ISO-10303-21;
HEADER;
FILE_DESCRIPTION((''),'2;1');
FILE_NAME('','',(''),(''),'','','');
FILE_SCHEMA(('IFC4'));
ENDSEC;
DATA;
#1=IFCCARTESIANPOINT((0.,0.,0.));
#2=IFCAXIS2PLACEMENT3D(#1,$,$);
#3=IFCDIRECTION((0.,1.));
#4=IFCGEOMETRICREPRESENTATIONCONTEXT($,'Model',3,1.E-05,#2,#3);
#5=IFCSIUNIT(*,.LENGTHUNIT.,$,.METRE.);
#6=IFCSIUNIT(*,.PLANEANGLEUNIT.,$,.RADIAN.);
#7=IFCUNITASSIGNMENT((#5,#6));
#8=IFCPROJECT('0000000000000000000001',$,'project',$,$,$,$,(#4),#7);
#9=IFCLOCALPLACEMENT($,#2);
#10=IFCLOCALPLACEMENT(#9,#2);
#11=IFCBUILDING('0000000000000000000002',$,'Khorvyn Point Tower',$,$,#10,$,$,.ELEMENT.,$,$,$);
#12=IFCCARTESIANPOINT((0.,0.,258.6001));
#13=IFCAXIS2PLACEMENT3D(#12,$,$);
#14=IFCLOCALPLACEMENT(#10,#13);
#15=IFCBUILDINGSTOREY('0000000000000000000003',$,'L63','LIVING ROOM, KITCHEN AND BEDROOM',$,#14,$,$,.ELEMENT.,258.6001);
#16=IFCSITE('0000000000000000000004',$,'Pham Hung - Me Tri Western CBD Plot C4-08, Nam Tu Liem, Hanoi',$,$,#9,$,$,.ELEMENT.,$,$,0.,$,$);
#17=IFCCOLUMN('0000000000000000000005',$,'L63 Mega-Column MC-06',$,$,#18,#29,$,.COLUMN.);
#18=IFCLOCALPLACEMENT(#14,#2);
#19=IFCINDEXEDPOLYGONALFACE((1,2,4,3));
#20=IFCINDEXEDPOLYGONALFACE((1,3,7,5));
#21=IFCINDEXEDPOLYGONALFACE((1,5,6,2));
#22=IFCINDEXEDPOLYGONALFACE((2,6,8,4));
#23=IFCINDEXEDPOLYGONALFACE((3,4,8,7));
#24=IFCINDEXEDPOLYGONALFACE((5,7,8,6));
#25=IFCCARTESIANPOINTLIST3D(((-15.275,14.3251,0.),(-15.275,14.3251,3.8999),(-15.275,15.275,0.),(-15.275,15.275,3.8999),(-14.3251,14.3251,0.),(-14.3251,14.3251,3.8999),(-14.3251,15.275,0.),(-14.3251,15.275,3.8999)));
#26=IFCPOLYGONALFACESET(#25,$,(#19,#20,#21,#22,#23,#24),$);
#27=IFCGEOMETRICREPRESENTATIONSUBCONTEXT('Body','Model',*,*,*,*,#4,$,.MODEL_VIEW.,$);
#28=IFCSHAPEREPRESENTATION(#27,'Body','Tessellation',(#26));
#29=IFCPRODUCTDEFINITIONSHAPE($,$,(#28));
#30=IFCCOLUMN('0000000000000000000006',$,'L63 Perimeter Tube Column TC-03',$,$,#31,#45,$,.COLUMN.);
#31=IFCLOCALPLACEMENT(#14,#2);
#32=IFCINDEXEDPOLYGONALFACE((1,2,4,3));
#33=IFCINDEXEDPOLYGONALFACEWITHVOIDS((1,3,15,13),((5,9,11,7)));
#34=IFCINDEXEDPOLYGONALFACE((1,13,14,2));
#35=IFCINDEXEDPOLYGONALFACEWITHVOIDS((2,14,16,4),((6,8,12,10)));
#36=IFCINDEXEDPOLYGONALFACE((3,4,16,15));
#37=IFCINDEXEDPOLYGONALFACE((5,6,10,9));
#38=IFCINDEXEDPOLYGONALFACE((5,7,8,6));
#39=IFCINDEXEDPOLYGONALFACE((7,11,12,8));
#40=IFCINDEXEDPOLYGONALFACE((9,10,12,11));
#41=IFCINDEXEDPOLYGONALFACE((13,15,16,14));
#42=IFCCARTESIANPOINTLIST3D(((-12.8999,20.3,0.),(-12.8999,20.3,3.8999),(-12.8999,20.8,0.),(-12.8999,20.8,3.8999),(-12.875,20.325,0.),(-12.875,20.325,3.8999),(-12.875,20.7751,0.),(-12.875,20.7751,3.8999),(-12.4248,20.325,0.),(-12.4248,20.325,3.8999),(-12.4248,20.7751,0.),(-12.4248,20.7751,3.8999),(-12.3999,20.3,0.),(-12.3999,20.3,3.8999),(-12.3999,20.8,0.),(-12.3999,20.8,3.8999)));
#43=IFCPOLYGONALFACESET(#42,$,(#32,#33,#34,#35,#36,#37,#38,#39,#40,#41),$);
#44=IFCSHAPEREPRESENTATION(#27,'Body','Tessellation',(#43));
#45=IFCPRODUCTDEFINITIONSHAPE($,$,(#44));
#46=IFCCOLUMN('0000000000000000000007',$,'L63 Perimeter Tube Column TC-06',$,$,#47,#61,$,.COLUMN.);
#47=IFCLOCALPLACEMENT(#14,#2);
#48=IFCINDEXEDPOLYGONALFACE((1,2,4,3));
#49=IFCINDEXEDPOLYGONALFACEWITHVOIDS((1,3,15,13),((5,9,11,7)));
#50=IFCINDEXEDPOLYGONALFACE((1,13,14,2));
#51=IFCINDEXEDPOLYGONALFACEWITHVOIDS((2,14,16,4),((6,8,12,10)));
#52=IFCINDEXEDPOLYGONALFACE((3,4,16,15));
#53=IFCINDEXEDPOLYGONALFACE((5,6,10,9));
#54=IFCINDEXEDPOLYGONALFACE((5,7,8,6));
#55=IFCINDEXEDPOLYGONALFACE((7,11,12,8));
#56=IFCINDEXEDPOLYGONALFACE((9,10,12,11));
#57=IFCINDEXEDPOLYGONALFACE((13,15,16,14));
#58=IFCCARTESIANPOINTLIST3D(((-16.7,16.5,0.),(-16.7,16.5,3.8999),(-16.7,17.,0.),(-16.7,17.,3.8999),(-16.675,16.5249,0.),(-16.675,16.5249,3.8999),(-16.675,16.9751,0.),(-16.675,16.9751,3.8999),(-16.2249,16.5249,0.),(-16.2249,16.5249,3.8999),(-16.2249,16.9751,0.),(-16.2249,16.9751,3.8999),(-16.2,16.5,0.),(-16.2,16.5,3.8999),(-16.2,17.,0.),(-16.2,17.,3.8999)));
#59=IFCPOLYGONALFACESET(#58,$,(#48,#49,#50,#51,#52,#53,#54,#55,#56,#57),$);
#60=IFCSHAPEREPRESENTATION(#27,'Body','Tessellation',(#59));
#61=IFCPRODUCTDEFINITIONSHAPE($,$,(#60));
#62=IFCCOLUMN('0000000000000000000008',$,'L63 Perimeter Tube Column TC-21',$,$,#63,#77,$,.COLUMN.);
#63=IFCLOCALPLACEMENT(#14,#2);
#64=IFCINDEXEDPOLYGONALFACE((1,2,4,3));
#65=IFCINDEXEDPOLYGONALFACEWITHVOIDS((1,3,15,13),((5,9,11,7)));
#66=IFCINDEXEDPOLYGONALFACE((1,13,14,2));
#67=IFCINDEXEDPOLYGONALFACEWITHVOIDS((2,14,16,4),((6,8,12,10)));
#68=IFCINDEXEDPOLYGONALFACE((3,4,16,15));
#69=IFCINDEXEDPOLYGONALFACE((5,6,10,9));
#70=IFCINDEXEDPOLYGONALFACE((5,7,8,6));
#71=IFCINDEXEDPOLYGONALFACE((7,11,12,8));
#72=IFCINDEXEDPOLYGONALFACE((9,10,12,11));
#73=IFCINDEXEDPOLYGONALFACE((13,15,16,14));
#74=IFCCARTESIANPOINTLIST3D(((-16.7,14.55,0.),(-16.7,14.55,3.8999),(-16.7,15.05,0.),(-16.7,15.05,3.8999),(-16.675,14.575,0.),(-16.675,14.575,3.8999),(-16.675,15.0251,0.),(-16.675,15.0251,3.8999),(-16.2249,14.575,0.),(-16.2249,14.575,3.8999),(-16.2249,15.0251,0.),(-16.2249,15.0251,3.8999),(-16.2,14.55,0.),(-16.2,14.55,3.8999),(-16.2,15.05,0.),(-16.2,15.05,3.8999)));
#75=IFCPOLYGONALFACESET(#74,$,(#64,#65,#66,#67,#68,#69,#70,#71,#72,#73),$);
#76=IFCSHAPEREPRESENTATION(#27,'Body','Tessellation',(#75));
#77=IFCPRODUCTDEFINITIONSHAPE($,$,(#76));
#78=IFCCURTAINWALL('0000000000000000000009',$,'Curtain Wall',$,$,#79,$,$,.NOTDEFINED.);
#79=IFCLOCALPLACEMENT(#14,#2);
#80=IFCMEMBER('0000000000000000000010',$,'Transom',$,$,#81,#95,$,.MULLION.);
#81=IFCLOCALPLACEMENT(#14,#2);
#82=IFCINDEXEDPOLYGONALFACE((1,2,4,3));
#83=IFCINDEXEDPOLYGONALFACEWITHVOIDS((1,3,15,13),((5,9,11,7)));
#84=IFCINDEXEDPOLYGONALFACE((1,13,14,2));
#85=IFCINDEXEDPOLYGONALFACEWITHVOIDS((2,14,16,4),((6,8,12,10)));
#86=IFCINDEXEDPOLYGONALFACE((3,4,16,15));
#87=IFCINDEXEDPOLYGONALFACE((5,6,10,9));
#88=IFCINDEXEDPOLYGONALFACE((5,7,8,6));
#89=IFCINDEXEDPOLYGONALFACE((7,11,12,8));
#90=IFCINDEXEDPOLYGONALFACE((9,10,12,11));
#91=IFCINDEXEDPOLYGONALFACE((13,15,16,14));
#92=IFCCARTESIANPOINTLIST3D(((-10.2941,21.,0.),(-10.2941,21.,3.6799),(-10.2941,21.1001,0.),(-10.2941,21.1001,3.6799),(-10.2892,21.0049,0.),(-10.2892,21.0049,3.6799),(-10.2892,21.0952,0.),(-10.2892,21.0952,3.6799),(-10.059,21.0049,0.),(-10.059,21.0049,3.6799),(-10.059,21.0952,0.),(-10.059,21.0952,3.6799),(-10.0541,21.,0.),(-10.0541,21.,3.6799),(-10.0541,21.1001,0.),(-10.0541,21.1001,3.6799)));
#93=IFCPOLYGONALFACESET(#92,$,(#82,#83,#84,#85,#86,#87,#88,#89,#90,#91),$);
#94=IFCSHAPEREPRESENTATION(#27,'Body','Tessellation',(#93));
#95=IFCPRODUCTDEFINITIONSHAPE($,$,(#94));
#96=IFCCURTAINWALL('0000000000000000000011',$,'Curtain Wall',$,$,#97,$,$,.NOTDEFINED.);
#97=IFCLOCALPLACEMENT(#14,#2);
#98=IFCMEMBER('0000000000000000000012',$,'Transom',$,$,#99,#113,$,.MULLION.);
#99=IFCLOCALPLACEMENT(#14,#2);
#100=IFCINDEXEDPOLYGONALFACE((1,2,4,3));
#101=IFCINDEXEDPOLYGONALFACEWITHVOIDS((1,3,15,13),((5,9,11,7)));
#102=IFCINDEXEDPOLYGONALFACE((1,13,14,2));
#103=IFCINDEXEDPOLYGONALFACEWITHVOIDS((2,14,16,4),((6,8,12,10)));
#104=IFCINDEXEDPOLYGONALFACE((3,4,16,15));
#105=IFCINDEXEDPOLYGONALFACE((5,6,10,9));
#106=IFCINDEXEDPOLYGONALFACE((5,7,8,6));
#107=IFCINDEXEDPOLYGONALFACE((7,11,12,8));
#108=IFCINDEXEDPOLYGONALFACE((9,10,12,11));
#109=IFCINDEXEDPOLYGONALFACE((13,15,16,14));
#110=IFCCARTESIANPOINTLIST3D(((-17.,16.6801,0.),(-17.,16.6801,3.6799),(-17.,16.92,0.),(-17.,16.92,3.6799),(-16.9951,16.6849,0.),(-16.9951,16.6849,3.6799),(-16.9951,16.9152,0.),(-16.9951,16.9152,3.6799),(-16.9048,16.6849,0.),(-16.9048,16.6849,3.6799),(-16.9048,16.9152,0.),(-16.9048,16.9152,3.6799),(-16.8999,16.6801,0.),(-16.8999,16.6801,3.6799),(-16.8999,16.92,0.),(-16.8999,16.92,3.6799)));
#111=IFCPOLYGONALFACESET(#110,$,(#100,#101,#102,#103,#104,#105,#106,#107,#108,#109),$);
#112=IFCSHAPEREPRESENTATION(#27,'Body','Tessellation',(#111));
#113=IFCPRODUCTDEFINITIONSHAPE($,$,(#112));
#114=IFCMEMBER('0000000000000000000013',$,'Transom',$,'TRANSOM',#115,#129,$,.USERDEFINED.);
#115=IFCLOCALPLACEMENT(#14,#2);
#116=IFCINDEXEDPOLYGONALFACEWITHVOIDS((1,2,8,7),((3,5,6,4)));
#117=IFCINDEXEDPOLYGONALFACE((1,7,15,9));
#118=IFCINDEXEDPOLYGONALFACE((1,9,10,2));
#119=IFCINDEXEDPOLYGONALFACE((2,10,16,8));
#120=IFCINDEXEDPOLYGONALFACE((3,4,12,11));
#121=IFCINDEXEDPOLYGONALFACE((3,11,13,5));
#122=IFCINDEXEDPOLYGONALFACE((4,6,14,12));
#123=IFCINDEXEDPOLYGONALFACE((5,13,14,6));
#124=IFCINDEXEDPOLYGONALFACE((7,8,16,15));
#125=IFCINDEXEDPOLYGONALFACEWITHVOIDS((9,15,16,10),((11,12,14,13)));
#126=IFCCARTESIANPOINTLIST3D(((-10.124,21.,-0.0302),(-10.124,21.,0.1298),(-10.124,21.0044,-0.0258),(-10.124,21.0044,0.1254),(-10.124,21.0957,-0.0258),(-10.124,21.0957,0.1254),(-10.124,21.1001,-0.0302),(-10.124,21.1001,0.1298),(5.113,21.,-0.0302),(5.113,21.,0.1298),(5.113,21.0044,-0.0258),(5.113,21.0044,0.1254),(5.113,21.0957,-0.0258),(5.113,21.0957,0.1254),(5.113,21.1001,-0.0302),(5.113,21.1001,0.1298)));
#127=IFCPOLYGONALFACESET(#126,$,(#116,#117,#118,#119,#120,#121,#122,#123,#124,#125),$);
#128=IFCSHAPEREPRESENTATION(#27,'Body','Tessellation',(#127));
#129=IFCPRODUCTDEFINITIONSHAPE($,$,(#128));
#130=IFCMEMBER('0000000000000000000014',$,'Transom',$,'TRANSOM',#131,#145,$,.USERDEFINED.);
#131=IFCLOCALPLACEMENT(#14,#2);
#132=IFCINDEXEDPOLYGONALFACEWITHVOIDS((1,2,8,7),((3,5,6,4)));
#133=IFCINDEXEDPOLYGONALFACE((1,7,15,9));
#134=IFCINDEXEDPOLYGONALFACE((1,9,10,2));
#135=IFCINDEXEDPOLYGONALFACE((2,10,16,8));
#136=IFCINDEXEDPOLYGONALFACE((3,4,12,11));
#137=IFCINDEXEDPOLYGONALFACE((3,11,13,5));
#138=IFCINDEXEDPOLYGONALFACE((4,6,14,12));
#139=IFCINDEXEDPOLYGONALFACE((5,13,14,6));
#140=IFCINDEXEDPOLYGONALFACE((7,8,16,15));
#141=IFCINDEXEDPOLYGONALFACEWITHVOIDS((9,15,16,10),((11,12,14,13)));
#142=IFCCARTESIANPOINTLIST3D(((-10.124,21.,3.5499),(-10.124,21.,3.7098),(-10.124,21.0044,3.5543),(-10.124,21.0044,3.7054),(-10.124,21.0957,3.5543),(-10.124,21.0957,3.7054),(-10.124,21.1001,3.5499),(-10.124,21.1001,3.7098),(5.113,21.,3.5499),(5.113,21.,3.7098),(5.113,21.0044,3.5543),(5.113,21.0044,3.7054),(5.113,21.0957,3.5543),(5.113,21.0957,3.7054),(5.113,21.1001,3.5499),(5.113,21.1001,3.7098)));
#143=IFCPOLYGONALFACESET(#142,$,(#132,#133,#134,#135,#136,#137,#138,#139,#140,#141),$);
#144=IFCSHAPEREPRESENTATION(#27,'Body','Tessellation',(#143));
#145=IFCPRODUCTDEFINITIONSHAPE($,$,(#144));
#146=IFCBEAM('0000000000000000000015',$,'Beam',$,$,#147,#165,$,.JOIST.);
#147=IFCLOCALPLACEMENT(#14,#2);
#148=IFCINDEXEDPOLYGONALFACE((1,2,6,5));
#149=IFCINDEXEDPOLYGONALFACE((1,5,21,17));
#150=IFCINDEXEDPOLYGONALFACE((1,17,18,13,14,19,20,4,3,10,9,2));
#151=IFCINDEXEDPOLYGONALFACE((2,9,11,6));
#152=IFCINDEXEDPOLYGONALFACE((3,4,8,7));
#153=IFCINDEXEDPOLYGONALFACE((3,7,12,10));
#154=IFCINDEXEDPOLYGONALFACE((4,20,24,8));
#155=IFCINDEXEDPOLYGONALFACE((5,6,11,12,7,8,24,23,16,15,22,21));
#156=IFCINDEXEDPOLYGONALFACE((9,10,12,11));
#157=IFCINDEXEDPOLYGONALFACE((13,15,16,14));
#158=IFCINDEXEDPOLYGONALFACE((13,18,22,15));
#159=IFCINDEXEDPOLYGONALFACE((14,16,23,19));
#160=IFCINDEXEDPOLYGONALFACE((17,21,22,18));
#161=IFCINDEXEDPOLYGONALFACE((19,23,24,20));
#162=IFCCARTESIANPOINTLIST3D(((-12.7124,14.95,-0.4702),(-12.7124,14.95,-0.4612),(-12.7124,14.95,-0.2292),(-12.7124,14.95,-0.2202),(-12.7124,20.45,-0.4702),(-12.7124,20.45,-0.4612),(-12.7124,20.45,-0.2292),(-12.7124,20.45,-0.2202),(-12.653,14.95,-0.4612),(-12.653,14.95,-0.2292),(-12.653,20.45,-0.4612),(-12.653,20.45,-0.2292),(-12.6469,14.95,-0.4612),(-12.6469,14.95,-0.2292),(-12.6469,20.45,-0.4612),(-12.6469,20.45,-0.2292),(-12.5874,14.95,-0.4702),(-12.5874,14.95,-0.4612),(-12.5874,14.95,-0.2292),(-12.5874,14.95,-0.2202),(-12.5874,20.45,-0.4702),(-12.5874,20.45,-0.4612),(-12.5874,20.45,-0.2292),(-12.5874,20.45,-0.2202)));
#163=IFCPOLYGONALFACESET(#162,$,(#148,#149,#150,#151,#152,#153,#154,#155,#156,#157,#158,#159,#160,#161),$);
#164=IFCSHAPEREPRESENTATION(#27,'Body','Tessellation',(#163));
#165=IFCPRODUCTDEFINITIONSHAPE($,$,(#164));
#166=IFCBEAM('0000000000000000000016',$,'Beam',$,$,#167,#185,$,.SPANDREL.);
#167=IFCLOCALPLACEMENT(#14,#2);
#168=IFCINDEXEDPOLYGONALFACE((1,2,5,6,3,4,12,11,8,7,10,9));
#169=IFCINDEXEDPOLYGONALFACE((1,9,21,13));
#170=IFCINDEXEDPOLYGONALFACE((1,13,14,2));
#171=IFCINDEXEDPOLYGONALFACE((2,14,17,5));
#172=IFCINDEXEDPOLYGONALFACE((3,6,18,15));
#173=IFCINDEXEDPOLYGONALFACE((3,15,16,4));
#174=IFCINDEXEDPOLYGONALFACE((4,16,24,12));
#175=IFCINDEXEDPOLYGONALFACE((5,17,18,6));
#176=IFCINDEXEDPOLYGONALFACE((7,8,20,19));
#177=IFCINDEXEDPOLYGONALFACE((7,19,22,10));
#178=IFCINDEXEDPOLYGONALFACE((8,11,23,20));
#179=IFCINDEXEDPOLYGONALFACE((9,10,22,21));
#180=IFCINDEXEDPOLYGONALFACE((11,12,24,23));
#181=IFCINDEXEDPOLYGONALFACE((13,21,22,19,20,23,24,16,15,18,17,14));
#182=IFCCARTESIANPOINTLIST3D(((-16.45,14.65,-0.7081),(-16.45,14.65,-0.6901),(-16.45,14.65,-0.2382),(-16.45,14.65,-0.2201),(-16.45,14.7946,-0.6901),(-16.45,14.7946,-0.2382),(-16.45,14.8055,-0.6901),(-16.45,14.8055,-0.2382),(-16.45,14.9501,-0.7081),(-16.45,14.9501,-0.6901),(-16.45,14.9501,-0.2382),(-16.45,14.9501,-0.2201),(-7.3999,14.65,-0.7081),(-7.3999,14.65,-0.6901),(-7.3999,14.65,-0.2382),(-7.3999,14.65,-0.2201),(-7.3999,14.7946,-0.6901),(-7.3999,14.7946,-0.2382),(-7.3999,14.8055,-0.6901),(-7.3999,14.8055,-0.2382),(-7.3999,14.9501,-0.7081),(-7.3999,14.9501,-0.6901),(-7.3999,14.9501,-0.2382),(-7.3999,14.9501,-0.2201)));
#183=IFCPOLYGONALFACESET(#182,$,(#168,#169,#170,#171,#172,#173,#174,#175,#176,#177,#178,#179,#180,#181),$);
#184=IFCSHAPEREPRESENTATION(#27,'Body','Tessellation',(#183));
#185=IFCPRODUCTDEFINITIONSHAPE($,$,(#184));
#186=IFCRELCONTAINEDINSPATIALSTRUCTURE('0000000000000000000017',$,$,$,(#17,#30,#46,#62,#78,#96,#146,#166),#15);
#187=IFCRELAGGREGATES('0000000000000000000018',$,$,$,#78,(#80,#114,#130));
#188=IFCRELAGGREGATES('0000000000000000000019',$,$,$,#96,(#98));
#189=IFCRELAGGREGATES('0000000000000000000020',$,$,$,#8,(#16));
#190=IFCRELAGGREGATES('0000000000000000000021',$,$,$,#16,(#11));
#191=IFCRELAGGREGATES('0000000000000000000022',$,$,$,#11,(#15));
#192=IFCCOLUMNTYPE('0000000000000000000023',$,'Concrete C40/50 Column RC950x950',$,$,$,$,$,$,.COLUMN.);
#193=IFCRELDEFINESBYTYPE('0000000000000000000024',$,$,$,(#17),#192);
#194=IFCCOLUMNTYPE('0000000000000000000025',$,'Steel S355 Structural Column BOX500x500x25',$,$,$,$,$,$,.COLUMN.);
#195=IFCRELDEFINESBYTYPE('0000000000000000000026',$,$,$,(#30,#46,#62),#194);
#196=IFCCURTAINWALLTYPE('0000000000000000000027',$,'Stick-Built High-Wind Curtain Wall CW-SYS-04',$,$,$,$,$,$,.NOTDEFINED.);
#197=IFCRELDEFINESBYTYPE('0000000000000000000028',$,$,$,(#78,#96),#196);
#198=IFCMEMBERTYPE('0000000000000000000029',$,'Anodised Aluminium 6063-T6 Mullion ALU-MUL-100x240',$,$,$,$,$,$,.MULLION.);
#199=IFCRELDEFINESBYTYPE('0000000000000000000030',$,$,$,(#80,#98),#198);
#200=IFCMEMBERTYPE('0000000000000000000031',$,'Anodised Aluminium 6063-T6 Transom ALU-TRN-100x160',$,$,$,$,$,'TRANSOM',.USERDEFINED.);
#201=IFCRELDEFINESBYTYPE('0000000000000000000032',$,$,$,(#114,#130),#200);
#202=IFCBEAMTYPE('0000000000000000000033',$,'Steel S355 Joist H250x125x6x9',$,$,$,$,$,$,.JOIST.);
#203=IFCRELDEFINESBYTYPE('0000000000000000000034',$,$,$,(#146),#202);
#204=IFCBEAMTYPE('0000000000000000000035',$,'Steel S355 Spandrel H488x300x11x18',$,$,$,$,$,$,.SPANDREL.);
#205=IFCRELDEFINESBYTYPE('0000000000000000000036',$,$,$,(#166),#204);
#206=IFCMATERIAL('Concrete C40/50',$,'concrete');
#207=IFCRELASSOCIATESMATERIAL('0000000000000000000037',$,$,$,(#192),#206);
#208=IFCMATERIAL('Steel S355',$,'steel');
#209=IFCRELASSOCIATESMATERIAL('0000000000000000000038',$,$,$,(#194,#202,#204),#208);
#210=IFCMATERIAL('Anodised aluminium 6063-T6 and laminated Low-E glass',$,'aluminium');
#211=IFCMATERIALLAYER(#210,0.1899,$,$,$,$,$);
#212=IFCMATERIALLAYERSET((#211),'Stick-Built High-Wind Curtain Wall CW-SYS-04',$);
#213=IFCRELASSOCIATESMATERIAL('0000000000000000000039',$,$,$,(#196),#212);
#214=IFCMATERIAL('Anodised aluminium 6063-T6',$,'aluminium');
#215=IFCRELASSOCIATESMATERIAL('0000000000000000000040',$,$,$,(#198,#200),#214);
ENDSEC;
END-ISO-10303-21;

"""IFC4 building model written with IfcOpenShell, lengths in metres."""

from ifc_helpers import new_model, si_unit, direction, frame, origin, origin_2d, place, context, subcontext, project, spatial, rectangle, hollow_rectangle, i_section, extrude, material, layer, layer_set, material_profile, profile_set, type_object, element, aggregate, save


model = new_model("IFC4")

# Units and contexts
model_context = context("Model", 3, precision=1e-05, world=origin(), true_north=direction((0.0, 1.0)))
body_context = subcontext(model_context, "Body", "Model", "MODEL_VIEW")
ifc_project = project(units=[si_unit("LENGTHUNIT", "METRE"), si_unit("PLANEANGLEUNIT", "RADIAN")], contexts=[model_context])

# Site, building, storey
site_placement = place(None, origin())
site = spatial("IfcSite", under=ifc_project, at=site_placement, Name="Pham Hung - Me Tri Western CBD Plot C4-08, Nam Tu Liem, Hanoi", CompositionType="ELEMENT", RefElevation=0.0)
building_placement = place(site_placement, origin())
building = spatial("IfcBuilding", under=site, at=building_placement, Name="Khorvyn Point Tower", CompositionType="ELEMENT")
storey_placement = place(building_placement, frame((0.0, 0.0, 258.6001)))
storey = spatial("IfcBuildingStorey", under=building, at=storey_placement, Name="L63", Description="LIVING ROOM, KITCHEN AND BEDROOM", CompositionType="ELEMENT", Elevation=258.6001)

# Columns
ifc_material_1 = material(Name="Concrete C40/50", Category="concrete")
ifc_material_profile_1 = material_profile(ifc_material_1, rectangle(XDim=0.95, YDim=0.95, at=origin_2d()))
ifc_profile_set_1 = profile_set([ifc_material_profile_1], Name="Concrete C40/50 RC950x950")
column_type_1 = type_object("IfcColumnType", Name="Concrete C40/50 Column RC950x950", PredefinedType="COLUMN", material=ifc_profile_set_1)
column_placement = place(storey_placement, frame((-14.8, 14.8, 0.0), z_axis=(0.0, 0.0, 1.0), x_axis=(1.0, 0.0, 0.0)))
element("IfcColumn", 1, at=column_placement, inside=storey, type_object=column_type_1, Name="L63 Mega-Column MC-06", PredefinedType="COLUMN", context=body_context, shape_type="SweptSolid", body=[
    extrude(rectangle(XDim=0.95, YDim=0.95, at=origin_2d()), origin(), (0.0, 0.0, 1.0), 3.8999),
])
ifc_material_2 = material(Name="Steel S355", Category="steel")
ifc_material_profile_2 = material_profile(ifc_material_2, hollow_rectangle(XDim=0.5, YDim=0.5, WallThickness=0.0249, at=origin_2d()))
ifc_profile_set_2 = profile_set([ifc_material_profile_2], Name="Steel S355 BOX500x500x25")
column_type_2 = type_object("IfcColumnType", Name="Steel S355 Structural Column BOX500x500x25", PredefinedType="COLUMN", material=ifc_profile_set_2)
for number, where, z_axis, x_axis, name in (
    (2, (-12.6499, 20.55, 0.0), (0.0, 0.0, 1.0), (1.0, 0.0, 0.0), "L63 Perimeter Tube Column TC-03"),
    (3, (-16.45, 16.75, 0.0), (0.0, 0.0, 1.0), (1.0, 0.0, 0.0), "L63 Perimeter Tube Column TC-06"),
    (4, (-16.45, 14.8, 0.0), (0.0, 0.0, 1.0), (1.0, 0.0, 0.0), "L63 Perimeter Tube Column TC-21"),
):
    element("IfcColumn", number, at=place(storey_placement, frame(where, z_axis=z_axis, x_axis=x_axis)), inside=storey, type_object=column_type_2, Name=name, PredefinedType="COLUMN", context=body_context, shape_type="SweptSolid", body=[
        extrude(hollow_rectangle(XDim=0.5, YDim=0.5, WallThickness=0.0249, at=origin_2d()), origin(), (0.0, 0.0, 1.0), 3.8999),
    ])

# Curtain walls, members
ifc_material_3 = material(Name="Anodised aluminium 6063-T6 and laminated Low-E glass", Category="aluminium")
ifc_layer_1 = layer(ifc_material_3, 0.1899)
ifc_layer_set_1 = layer_set([ifc_layer_1], Name="Stick-Built High-Wind Curtain Wall CW-SYS-04")
curtain_wall_type = type_object("IfcCurtainWallType", Name="Stick-Built High-Wind Curtain Wall CW-SYS-04", PredefinedType="NOTDEFINED", material=ifc_layer_set_1)
curtain_wall_1_placement = place(storey_placement, origin())
curtain_wall_1 = element("IfcCurtainWall", 5, at=curtain_wall_1_placement, inside=storey, type_object=curtain_wall_type, Name="Curtain Wall", PredefinedType="NOTDEFINED")
ifc_material_4 = material(Name="Anodised aluminium 6063-T6", Category="aluminium")
ifc_material_profile_3 = material_profile(ifc_material_4, hollow_rectangle(XDim=0.1001, YDim=0.24, WallThickness=0.0049, at=origin_2d()))
ifc_profile_set_3 = profile_set([ifc_material_profile_3], Name="Anodised aluminium 6063-T6 ALU-MUL-100x240")
member_type_1 = type_object("IfcMemberType", Name="Anodised Aluminium 6063-T6 Mullion ALU-MUL-100x240", PredefinedType="MULLION", material=ifc_profile_set_3)
member_1_placement = place(storey_placement, frame((-10.1741, 21.05, 0.0), z_axis=(0.0, 0.0, 1.0), x_axis=(0.0, 1.0, 0.0)))
member_1 = element("IfcMember", 6, at=member_1_placement, type_object=member_type_1, Name="Transom", PredefinedType="MULLION", context=body_context, shape_type="SweptSolid", body=[
    extrude(hollow_rectangle(XDim=0.1001, YDim=0.24, WallThickness=0.0049, at=origin_2d()), origin(), (0.0, 0.0, 1.0), 3.6799),
])
curtain_wall_2_placement = place(storey_placement, origin())
curtain_wall_2 = element("IfcCurtainWall", 7, at=curtain_wall_2_placement, inside=storey, type_object=curtain_wall_type, Name="Curtain Wall", PredefinedType="NOTDEFINED")
member_2_placement = place(storey_placement, frame((-16.95, 16.8, 0.0), z_axis=(0.0, 0.0, 1.0), x_axis=(-1.0, 0.0, 0.0)))
member_2 = element("IfcMember", 8, at=member_2_placement, type_object=member_type_1, Name="Transom", PredefinedType="MULLION", context=body_context, shape_type="SweptSolid", body=[
    extrude(hollow_rectangle(XDim=0.1001, YDim=0.24, WallThickness=0.0049, at=origin_2d()), origin(), (0.0, 0.0, 1.0), 3.6799),
])

# Members
ifc_material_profile_4 = material_profile(ifc_material_4, hollow_rectangle(XDim=0.1001, YDim=0.1599, WallThickness=0.0044, at=origin_2d()))
ifc_profile_set_4 = profile_set([ifc_material_profile_4], Name="Anodised aluminium 6063-T6 ALU-TRN-100x160")
member_type_2 = type_object("IfcMemberType", Name="Anodised Aluminium 6063-T6 Transom ALU-TRN-100x160", ElementType="TRANSOM", PredefinedType="USERDEFINED", material=ifc_profile_set_4)
member_3_placement = place(storey_placement, frame((-10.124, 21.05, 0.0498), z_axis=(1.0, 0.0, 0.0), x_axis=(0.0, 1.0, 0.0)))
member_3 = element("IfcMember", 9, at=member_3_placement, type_object=member_type_2, Name="Transom", ObjectType="TRANSOM", PredefinedType="USERDEFINED", context=body_context, shape_type="SweptSolid", body=[
    extrude(hollow_rectangle(XDim=0.1001, YDim=0.1599, WallThickness=0.0044, at=origin_2d()), origin(), (0.0, 0.0, 1.0), 15.2371),
])
member_4_placement = place(storey_placement, frame((-10.124, 21.05, 3.6299), z_axis=(1.0, 0.0, 0.0), x_axis=(0.0, 1.0, 0.0)))
member_4 = element("IfcMember", 10, at=member_4_placement, type_object=member_type_2, Name="Transom", ObjectType="TRANSOM", PredefinedType="USERDEFINED", context=body_context, shape_type="SweptSolid", body=[
    extrude(hollow_rectangle(XDim=0.1001, YDim=0.1599, WallThickness=0.0044, at=origin_2d()), origin(), (0.0, 0.0, 1.0), 15.2371),
])
aggregate(curtain_wall_1, [member_1, member_3, member_4])

# Beams
ifc_material_profile_5 = material_profile(ifc_material_2, i_section(OverallWidth=0.125, OverallDepth=0.25, WebThickness=0.0061, FlangeThickness=0.009, at=origin_2d()))
ifc_profile_set_5 = profile_set([ifc_material_profile_5], Name="Steel S355 H250x125x6x9")
beam_type_1 = type_object("IfcBeamType", Name="Steel S355 Joist H250x125x6x9", PredefinedType="JOIST", material=ifc_profile_set_5)
beam_1_placement = place(storey_placement, frame((-12.6499, 14.95, -0.3452), z_axis=(0.0, 1.0, 0.0), x_axis=(-1.0, 0.0, 0.0)))
element("IfcBeam", 11, at=beam_1_placement, inside=storey, type_object=beam_type_1, Name="Beam", PredefinedType="JOIST", context=body_context, shape_type="SweptSolid", body=[
    extrude(i_section(OverallWidth=0.125, OverallDepth=0.25, WebThickness=0.0061, FlangeThickness=0.009, at=origin_2d()), origin(), (0.0, 0.0, 1.0), 5.5),
])
ifc_material_profile_6 = material_profile(ifc_material_2, i_section(OverallWidth=0.3, OverallDepth=0.488, WebThickness=0.011, FlangeThickness=0.0181, at=origin_2d()))
ifc_profile_set_6 = profile_set([ifc_material_profile_6], Name="Steel S355 H488x300x11x18")
beam_type_2 = type_object("IfcBeamType", Name="Steel S355 Spandrel H488x300x11x18", PredefinedType="SPANDREL", material=ifc_profile_set_6)
beam_2_placement = place(storey_placement, frame((-16.45, 14.8, -0.4641), z_axis=(1.0, 0.0, 0.0), x_axis=(0.0, 1.0, 0.0)))
element("IfcBeam", 12, at=beam_2_placement, inside=storey, type_object=beam_type_2, Name="Beam", PredefinedType="SPANDREL", context=body_context, shape_type="SweptSolid", body=[
    extrude(i_section(OverallWidth=0.3, OverallDepth=0.488, WebThickness=0.011, FlangeThickness=0.0181, at=origin_2d()), origin(), (0.0, 0.0, 1.0), 9.05),
])

aggregate(curtain_wall_2, [member_2])

save(model, "model.ifc")
